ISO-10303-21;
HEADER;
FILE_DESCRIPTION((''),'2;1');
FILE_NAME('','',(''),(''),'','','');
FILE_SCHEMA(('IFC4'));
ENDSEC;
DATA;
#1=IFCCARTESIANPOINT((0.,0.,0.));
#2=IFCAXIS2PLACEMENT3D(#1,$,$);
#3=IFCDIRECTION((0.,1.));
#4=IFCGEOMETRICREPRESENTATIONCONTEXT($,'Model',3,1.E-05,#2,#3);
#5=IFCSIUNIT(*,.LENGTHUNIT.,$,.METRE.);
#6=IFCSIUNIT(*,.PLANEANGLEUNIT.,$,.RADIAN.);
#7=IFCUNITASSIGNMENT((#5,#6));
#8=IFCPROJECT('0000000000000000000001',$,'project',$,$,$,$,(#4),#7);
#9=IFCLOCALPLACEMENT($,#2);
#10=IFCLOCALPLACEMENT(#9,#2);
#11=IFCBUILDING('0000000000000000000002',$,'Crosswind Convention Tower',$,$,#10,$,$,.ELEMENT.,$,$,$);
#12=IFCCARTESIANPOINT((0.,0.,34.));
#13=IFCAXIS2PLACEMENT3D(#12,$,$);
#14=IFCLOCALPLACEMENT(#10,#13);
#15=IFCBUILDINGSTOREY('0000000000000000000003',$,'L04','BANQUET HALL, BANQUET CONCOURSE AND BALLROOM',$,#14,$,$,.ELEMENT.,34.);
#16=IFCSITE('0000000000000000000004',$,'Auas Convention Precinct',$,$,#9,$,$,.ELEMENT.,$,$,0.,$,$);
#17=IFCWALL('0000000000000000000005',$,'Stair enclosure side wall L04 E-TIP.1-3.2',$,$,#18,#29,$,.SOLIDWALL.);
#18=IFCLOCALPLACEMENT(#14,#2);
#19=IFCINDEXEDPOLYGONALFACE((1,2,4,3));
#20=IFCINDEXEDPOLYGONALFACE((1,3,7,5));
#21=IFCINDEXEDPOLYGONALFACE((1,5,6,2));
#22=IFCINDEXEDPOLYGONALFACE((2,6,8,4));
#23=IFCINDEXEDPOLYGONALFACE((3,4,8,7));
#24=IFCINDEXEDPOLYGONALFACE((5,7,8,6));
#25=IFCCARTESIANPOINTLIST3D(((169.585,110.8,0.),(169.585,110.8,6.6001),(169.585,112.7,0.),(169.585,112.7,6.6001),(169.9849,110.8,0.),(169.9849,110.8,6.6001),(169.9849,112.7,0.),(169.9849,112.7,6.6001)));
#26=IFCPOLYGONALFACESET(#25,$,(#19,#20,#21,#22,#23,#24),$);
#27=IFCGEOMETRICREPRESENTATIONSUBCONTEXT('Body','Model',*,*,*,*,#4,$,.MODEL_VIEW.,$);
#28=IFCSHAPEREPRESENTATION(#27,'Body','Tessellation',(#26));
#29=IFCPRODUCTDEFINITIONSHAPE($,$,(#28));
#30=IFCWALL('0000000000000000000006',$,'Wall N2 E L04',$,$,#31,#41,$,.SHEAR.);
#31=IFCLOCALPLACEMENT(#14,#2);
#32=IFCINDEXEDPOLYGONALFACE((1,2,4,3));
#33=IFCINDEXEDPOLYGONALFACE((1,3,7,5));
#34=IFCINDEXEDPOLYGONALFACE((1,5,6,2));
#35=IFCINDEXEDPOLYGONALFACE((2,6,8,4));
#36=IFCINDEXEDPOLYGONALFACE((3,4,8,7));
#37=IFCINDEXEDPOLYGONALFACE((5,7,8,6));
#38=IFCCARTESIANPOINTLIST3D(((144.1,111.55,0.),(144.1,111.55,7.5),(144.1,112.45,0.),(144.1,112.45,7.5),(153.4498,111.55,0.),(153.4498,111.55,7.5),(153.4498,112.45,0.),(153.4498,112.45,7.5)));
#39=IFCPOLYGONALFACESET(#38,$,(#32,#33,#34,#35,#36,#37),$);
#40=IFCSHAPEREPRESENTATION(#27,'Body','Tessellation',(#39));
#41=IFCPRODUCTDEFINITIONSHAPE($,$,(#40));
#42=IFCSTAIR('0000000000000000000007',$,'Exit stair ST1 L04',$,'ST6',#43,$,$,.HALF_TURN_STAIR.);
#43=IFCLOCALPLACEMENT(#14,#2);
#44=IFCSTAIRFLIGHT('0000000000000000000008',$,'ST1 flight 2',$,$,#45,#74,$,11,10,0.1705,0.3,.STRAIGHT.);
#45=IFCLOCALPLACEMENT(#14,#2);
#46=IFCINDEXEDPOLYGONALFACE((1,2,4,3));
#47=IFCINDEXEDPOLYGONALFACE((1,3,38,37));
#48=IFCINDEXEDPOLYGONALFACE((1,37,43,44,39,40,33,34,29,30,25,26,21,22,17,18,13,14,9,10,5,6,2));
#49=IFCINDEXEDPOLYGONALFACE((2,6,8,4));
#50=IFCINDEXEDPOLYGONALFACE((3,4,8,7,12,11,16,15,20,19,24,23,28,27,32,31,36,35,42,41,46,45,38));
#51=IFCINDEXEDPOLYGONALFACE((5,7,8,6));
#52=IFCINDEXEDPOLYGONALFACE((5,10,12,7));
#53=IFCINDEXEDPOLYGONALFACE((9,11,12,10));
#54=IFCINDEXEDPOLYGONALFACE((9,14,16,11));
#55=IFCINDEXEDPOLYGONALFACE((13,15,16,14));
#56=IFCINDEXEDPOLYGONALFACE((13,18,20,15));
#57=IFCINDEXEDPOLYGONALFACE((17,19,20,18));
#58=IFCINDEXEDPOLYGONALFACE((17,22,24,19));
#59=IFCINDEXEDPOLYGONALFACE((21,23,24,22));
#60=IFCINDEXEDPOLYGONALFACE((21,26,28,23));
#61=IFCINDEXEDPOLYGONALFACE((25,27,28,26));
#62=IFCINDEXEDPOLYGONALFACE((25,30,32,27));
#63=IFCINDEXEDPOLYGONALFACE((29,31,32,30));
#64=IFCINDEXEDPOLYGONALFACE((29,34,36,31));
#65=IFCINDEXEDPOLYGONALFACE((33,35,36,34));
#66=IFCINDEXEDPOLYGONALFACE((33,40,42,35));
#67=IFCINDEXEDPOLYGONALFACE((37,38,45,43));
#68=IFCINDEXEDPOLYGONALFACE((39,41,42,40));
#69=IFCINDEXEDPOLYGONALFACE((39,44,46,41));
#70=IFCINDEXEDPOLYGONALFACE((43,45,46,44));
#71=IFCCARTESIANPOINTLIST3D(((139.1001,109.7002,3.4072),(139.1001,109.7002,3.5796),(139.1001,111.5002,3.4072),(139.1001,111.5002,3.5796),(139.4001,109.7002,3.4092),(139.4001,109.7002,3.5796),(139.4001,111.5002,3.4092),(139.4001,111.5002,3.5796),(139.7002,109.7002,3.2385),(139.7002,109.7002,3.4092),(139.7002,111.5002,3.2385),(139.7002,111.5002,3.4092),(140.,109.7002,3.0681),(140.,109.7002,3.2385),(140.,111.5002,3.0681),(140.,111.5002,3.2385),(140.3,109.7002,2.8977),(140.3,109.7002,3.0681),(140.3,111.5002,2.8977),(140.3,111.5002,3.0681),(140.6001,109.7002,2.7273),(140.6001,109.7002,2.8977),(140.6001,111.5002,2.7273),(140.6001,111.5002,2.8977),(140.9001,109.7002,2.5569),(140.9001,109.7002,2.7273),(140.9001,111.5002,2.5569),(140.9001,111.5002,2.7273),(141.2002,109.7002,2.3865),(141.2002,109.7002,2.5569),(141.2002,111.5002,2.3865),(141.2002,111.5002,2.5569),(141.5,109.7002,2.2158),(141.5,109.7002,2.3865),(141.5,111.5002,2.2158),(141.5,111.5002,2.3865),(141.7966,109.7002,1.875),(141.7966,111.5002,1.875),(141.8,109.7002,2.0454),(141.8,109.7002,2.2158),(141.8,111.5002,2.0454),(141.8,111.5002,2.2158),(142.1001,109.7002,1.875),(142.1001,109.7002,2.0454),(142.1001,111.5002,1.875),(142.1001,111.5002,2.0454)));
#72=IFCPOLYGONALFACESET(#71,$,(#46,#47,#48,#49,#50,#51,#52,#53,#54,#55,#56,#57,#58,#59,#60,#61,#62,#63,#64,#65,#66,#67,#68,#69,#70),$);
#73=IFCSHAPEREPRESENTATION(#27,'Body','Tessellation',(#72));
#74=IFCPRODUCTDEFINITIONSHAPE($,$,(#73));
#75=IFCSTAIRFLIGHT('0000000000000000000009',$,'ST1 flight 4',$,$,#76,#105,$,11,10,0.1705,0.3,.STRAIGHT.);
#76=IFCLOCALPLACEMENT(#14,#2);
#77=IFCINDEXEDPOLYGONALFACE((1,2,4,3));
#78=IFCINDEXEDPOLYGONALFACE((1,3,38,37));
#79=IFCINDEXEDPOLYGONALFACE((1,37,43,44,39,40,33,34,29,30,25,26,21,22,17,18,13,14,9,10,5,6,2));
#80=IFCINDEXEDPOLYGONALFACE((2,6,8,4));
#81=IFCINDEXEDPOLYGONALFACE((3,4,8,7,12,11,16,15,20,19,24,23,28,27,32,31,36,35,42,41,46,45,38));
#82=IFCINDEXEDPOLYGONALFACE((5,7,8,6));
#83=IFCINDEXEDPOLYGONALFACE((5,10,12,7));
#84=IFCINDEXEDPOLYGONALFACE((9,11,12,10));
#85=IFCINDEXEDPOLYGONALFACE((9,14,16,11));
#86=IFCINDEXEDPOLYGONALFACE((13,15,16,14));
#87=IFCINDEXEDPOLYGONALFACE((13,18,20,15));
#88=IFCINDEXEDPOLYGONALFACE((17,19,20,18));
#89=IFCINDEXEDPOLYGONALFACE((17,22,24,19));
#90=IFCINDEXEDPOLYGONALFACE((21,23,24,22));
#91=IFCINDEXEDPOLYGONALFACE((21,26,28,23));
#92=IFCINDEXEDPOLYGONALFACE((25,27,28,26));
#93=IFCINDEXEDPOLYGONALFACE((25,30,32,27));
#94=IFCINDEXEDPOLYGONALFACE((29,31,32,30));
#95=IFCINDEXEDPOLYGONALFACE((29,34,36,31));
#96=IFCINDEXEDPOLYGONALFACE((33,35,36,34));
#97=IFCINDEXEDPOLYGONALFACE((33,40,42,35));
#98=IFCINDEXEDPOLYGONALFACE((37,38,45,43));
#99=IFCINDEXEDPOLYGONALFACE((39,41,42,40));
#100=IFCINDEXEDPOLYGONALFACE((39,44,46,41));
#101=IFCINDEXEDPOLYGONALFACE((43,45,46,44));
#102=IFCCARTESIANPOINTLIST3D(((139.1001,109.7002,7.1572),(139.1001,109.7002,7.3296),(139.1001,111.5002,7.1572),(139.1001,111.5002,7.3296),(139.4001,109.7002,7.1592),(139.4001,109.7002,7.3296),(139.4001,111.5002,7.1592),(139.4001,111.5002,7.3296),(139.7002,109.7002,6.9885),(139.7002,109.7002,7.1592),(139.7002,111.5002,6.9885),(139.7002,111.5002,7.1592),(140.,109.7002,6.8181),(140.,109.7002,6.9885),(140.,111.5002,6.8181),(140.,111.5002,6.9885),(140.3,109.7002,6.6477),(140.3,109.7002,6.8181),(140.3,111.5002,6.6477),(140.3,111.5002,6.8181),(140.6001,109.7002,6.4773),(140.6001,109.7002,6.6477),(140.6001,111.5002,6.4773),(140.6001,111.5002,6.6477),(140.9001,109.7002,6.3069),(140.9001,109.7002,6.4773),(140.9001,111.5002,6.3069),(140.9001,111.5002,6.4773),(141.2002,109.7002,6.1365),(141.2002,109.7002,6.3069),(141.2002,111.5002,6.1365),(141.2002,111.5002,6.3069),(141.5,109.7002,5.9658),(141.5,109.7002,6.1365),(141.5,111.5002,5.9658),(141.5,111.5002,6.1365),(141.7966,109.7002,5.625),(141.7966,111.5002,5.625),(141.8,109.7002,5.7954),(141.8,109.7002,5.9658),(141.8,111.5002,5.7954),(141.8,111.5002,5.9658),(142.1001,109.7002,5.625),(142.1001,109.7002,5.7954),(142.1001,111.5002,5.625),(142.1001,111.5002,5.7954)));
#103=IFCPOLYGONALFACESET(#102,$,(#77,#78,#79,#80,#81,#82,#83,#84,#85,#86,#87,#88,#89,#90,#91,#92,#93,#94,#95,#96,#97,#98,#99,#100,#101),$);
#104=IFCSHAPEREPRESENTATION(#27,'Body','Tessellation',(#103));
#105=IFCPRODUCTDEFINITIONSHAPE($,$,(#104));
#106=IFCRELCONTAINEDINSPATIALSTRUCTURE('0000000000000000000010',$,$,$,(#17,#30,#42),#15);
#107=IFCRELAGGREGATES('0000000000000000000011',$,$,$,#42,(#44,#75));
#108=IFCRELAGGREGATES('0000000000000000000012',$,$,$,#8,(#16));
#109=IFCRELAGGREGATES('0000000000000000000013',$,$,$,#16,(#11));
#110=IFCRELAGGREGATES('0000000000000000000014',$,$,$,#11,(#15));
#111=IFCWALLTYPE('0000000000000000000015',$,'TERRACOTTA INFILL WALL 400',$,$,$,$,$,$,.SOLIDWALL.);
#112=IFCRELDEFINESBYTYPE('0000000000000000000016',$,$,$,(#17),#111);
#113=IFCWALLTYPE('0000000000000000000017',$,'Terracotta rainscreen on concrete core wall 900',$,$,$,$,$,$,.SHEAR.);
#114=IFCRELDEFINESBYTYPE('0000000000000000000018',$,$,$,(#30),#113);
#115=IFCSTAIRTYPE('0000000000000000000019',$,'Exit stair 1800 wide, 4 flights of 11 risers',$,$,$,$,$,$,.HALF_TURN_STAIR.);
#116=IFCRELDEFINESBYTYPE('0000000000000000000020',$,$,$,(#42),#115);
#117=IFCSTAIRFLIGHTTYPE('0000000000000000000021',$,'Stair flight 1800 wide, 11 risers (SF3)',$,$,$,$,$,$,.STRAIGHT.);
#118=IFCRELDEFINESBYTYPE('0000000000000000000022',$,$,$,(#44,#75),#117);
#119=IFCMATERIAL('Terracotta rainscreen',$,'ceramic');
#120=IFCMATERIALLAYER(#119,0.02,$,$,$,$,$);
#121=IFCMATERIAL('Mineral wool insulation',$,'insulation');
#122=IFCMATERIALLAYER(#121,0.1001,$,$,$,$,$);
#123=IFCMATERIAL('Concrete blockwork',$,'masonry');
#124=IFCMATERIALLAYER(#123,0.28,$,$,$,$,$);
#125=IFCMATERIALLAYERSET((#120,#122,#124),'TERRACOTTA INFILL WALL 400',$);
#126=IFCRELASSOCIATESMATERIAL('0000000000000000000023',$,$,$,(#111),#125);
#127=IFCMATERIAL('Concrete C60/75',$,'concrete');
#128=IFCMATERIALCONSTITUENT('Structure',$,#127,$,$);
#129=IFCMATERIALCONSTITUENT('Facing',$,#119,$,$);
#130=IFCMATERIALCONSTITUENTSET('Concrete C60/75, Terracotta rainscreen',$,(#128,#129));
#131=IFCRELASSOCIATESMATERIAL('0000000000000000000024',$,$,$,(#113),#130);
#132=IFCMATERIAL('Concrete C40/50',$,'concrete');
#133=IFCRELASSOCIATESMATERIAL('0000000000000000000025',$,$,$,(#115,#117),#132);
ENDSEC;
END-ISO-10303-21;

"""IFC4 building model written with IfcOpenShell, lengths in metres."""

from ifc_helpers import new_model, si_unit, direction, frame, frame_2d, origin, place, context, subcontext, project, spatial, polyline, rectangle, outline, extrude, material, layer, layer_set, constituent, constituent_set, type_object, element, aggregate, save


model = new_model("IFC4")

# Units and contexts
model_context = context("Model", 3, precision=1e-05, world=origin(), true_north=direction((0.0, 1.0)))
body_context = subcontext(model_context, "Body", "Model", "MODEL_VIEW")
ifc_project = project(units=[si_unit("LENGTHUNIT", "METRE"), si_unit("PLANEANGLEUNIT", "RADIAN")], contexts=[model_context])

# Site, building, storey
site_placement = place(None, origin())
site = spatial("IfcSite", under=ifc_project, at=site_placement, Name="Auas Convention Precinct", CompositionType="ELEMENT", RefElevation=0.0)
building_placement = place(site_placement, origin())
building = spatial("IfcBuilding", under=site, at=building_placement, Name="Crosswind Convention Tower", CompositionType="ELEMENT")
storey_placement = place(building_placement, frame((0.0, 0.0, 34.0)))
storey = spatial("IfcBuildingStorey", under=building, at=storey_placement, Name="L04", Description="BANQUET HALL, BANQUET CONCOURSE AND BALLROOM", CompositionType="ELEMENT", Elevation=34.0)

# Shared definitions
ifc_material_1 = material(Name="Concrete C60/75", Category="concrete")

# Walls
ifc_material_2 = material(Name="Concrete C40/50", Category="concrete")
ifc_material_3 = material(Name="Terracotta rainscreen", Category="ceramic")
ifc_material_4 = material(Name="Mineral wool insulation", Category="insulation")
ifc_material_5 = material(Name="Concrete blockwork", Category="masonry")
ifc_layer_1 = layer(ifc_material_3, 0.02)
ifc_layer_2 = layer(ifc_material_4, 0.1001)
ifc_layer_3 = layer(ifc_material_5, 0.28)
ifc_layer_set_1 = layer_set([ifc_layer_1, ifc_layer_2, ifc_layer_3], Name="TERRACOTTA INFILL WALL 400")
wall_type_1 = type_object("IfcWallType", Name="TERRACOTTA INFILL WALL 400", PredefinedType="SOLIDWALL", material=ifc_layer_set_1)
wall_1_placement = place(storey_placement, frame((169.7849, 110.8, 0.0), z_axis=(0.0, 0.0, 1.0), x_axis=(0.0, 1.0, 0.0)))
element("IfcWall", 1, at=wall_1_placement, inside=storey, type_object=wall_type_1, Name="Stair enclosure side wall L04 E-TIP.1-3.2", PredefinedType="SOLIDWALL", context=body_context, shape_type="SweptSolid", body=[
    extrude(rectangle(XDim=1.8999, YDim=0.3999, at=frame_2d((0.95, 0.0))), origin(), (0.0, 0.0, 1.0), 6.6001),
])
ifc_constituent_1 = constituent(ifc_material_1, Name="Structure")
ifc_constituent_2 = constituent(ifc_material_3, Name="Facing")
ifc_constituent_set = constituent_set(constituents=[ifc_constituent_1, ifc_constituent_2], Name="Concrete C60/75, Terracotta rainscreen")
wall_type_2 = type_object("IfcWallType", Name="Terracotta rainscreen on concrete core wall 900", PredefinedType="SHEAR", material=ifc_constituent_set)
wall_2_placement = place(storey_placement, frame((144.1001, 112.0, 0.0), z_axis=(0.0, 0.0, 1.0), x_axis=(1.0, 0.0, 0.0)))
element("IfcWall", 2, at=wall_2_placement, inside=storey, type_object=wall_type_2, Name="Wall N2 E L04", PredefinedType="SHEAR", context=body_context, shape_type="SweptSolid", body=[
    extrude(rectangle(XDim=9.3499, YDim=0.8999, at=frame_2d((4.6748, 0.0))), origin(), (0.0, 0.0, 1.0), 7.5),
])

# Stair, stair flights
stair_type = type_object("IfcStairType", Name="Exit stair 1800 wide, 4 flights of 11 risers", PredefinedType="HALF_TURN_STAIR", material=ifc_material_2)
stair_placement = place(storey_placement, origin())
stair = element("IfcStair", 3, at=stair_placement, inside=storey, type_object=stair_type, Name="Exit stair ST1 L04", ObjectType="ST6", PredefinedType="HALF_TURN_STAIR")
stair_flight_type = type_object("IfcStairFlightType", Name="Stair flight 1800 wide, 11 risers (SF3)", PredefinedType="STRAIGHT", material=ifc_material_2)
stair_flight_1_placement = place(storey_placement, frame((142.1001, 110.6001, 1.875), z_axis=(0.0, 0.0, 1.0), x_axis=(-1.0, 0.0, 0.0)))
stair_flight_1 = element("IfcStairFlight", 4, at=stair_flight_1_placement, type_object=stair_flight_type, Name="ST1 flight 2", NumberOfRisers=11, NumberOfTreads=10, PredefinedType="STRAIGHT", RiserHeight=0.1705, TreadLength=0.3, context=body_context, shape_type="SweptSolid", body=[
    extrude(outline(polyline([(0.0, 0.0), (0.0, 0.1704), (0.3, 0.1704), (0.3, 0.3408), (0.6001, 0.3408), (0.6001, 0.5115), (0.8999, 0.5115), (0.8999, 0.6819), (1.2, 0.6819), (1.2, 0.8523), (1.5, 0.8523), (1.5, 1.0227), (1.8, 1.0227), (1.8, 1.1931), (2.1001, 1.1931), (2.1001, 1.3635), (2.3999, 1.3635), (2.3999, 1.5342), (2.7, 1.5342), (2.7, 1.7046), (3.0, 1.7046), (3.0, 1.875), (3.0, 1.5322), (0.3035, 0.0), (0.0, 0.0)])), frame((0.0, 0.8999, 0.0), z_axis=(0.0, -1.0, 0.0), x_axis=(1.0, 0.0, 0.0)), (0.0, 0.0, 1.0), 1.8),
])
stair_flight_2_placement = place(storey_placement, frame((142.1001, 110.6001, 5.625), z_axis=(0.0, 0.0, 1.0), x_axis=(-1.0, 0.0, 0.0)))
stair_flight_2 = element("IfcStairFlight", 5, at=stair_flight_2_placement, type_object=stair_flight_type, Name="ST1 flight 4", NumberOfRisers=11, NumberOfTreads=10, PredefinedType="STRAIGHT", RiserHeight=0.1705, TreadLength=0.3, context=body_context, shape_type="SweptSolid", body=[
    extrude(outline(polyline([(0.0, 0.0), (0.0, 0.1704), (0.3, 0.1704), (0.3, 0.3408), (0.6001, 0.3408), (0.6001, 0.5115), (0.8999, 0.5115), (0.8999, 0.6819), (1.2, 0.6819), (1.2, 0.8523), (1.5, 0.8523), (1.5, 1.0227), (1.8, 1.0227), (1.8, 1.1931), (2.1001, 1.1931), (2.1001, 1.3635), (2.3999, 1.3635), (2.3999, 1.5342), (2.7, 1.5342), (2.7, 1.7046), (3.0, 1.7046), (3.0, 1.875), (3.0, 1.5322), (0.3035, 0.0), (0.0, 0.0)])), frame((0.0, 0.8999, 0.0), z_axis=(0.0, -1.0, 0.0), x_axis=(1.0, 0.0, 0.0)), (0.0, 0.0, 1.0), 1.8),
])
aggregate(stair, [stair_flight_1, stair_flight_2])

save(model, "model.ifc")
